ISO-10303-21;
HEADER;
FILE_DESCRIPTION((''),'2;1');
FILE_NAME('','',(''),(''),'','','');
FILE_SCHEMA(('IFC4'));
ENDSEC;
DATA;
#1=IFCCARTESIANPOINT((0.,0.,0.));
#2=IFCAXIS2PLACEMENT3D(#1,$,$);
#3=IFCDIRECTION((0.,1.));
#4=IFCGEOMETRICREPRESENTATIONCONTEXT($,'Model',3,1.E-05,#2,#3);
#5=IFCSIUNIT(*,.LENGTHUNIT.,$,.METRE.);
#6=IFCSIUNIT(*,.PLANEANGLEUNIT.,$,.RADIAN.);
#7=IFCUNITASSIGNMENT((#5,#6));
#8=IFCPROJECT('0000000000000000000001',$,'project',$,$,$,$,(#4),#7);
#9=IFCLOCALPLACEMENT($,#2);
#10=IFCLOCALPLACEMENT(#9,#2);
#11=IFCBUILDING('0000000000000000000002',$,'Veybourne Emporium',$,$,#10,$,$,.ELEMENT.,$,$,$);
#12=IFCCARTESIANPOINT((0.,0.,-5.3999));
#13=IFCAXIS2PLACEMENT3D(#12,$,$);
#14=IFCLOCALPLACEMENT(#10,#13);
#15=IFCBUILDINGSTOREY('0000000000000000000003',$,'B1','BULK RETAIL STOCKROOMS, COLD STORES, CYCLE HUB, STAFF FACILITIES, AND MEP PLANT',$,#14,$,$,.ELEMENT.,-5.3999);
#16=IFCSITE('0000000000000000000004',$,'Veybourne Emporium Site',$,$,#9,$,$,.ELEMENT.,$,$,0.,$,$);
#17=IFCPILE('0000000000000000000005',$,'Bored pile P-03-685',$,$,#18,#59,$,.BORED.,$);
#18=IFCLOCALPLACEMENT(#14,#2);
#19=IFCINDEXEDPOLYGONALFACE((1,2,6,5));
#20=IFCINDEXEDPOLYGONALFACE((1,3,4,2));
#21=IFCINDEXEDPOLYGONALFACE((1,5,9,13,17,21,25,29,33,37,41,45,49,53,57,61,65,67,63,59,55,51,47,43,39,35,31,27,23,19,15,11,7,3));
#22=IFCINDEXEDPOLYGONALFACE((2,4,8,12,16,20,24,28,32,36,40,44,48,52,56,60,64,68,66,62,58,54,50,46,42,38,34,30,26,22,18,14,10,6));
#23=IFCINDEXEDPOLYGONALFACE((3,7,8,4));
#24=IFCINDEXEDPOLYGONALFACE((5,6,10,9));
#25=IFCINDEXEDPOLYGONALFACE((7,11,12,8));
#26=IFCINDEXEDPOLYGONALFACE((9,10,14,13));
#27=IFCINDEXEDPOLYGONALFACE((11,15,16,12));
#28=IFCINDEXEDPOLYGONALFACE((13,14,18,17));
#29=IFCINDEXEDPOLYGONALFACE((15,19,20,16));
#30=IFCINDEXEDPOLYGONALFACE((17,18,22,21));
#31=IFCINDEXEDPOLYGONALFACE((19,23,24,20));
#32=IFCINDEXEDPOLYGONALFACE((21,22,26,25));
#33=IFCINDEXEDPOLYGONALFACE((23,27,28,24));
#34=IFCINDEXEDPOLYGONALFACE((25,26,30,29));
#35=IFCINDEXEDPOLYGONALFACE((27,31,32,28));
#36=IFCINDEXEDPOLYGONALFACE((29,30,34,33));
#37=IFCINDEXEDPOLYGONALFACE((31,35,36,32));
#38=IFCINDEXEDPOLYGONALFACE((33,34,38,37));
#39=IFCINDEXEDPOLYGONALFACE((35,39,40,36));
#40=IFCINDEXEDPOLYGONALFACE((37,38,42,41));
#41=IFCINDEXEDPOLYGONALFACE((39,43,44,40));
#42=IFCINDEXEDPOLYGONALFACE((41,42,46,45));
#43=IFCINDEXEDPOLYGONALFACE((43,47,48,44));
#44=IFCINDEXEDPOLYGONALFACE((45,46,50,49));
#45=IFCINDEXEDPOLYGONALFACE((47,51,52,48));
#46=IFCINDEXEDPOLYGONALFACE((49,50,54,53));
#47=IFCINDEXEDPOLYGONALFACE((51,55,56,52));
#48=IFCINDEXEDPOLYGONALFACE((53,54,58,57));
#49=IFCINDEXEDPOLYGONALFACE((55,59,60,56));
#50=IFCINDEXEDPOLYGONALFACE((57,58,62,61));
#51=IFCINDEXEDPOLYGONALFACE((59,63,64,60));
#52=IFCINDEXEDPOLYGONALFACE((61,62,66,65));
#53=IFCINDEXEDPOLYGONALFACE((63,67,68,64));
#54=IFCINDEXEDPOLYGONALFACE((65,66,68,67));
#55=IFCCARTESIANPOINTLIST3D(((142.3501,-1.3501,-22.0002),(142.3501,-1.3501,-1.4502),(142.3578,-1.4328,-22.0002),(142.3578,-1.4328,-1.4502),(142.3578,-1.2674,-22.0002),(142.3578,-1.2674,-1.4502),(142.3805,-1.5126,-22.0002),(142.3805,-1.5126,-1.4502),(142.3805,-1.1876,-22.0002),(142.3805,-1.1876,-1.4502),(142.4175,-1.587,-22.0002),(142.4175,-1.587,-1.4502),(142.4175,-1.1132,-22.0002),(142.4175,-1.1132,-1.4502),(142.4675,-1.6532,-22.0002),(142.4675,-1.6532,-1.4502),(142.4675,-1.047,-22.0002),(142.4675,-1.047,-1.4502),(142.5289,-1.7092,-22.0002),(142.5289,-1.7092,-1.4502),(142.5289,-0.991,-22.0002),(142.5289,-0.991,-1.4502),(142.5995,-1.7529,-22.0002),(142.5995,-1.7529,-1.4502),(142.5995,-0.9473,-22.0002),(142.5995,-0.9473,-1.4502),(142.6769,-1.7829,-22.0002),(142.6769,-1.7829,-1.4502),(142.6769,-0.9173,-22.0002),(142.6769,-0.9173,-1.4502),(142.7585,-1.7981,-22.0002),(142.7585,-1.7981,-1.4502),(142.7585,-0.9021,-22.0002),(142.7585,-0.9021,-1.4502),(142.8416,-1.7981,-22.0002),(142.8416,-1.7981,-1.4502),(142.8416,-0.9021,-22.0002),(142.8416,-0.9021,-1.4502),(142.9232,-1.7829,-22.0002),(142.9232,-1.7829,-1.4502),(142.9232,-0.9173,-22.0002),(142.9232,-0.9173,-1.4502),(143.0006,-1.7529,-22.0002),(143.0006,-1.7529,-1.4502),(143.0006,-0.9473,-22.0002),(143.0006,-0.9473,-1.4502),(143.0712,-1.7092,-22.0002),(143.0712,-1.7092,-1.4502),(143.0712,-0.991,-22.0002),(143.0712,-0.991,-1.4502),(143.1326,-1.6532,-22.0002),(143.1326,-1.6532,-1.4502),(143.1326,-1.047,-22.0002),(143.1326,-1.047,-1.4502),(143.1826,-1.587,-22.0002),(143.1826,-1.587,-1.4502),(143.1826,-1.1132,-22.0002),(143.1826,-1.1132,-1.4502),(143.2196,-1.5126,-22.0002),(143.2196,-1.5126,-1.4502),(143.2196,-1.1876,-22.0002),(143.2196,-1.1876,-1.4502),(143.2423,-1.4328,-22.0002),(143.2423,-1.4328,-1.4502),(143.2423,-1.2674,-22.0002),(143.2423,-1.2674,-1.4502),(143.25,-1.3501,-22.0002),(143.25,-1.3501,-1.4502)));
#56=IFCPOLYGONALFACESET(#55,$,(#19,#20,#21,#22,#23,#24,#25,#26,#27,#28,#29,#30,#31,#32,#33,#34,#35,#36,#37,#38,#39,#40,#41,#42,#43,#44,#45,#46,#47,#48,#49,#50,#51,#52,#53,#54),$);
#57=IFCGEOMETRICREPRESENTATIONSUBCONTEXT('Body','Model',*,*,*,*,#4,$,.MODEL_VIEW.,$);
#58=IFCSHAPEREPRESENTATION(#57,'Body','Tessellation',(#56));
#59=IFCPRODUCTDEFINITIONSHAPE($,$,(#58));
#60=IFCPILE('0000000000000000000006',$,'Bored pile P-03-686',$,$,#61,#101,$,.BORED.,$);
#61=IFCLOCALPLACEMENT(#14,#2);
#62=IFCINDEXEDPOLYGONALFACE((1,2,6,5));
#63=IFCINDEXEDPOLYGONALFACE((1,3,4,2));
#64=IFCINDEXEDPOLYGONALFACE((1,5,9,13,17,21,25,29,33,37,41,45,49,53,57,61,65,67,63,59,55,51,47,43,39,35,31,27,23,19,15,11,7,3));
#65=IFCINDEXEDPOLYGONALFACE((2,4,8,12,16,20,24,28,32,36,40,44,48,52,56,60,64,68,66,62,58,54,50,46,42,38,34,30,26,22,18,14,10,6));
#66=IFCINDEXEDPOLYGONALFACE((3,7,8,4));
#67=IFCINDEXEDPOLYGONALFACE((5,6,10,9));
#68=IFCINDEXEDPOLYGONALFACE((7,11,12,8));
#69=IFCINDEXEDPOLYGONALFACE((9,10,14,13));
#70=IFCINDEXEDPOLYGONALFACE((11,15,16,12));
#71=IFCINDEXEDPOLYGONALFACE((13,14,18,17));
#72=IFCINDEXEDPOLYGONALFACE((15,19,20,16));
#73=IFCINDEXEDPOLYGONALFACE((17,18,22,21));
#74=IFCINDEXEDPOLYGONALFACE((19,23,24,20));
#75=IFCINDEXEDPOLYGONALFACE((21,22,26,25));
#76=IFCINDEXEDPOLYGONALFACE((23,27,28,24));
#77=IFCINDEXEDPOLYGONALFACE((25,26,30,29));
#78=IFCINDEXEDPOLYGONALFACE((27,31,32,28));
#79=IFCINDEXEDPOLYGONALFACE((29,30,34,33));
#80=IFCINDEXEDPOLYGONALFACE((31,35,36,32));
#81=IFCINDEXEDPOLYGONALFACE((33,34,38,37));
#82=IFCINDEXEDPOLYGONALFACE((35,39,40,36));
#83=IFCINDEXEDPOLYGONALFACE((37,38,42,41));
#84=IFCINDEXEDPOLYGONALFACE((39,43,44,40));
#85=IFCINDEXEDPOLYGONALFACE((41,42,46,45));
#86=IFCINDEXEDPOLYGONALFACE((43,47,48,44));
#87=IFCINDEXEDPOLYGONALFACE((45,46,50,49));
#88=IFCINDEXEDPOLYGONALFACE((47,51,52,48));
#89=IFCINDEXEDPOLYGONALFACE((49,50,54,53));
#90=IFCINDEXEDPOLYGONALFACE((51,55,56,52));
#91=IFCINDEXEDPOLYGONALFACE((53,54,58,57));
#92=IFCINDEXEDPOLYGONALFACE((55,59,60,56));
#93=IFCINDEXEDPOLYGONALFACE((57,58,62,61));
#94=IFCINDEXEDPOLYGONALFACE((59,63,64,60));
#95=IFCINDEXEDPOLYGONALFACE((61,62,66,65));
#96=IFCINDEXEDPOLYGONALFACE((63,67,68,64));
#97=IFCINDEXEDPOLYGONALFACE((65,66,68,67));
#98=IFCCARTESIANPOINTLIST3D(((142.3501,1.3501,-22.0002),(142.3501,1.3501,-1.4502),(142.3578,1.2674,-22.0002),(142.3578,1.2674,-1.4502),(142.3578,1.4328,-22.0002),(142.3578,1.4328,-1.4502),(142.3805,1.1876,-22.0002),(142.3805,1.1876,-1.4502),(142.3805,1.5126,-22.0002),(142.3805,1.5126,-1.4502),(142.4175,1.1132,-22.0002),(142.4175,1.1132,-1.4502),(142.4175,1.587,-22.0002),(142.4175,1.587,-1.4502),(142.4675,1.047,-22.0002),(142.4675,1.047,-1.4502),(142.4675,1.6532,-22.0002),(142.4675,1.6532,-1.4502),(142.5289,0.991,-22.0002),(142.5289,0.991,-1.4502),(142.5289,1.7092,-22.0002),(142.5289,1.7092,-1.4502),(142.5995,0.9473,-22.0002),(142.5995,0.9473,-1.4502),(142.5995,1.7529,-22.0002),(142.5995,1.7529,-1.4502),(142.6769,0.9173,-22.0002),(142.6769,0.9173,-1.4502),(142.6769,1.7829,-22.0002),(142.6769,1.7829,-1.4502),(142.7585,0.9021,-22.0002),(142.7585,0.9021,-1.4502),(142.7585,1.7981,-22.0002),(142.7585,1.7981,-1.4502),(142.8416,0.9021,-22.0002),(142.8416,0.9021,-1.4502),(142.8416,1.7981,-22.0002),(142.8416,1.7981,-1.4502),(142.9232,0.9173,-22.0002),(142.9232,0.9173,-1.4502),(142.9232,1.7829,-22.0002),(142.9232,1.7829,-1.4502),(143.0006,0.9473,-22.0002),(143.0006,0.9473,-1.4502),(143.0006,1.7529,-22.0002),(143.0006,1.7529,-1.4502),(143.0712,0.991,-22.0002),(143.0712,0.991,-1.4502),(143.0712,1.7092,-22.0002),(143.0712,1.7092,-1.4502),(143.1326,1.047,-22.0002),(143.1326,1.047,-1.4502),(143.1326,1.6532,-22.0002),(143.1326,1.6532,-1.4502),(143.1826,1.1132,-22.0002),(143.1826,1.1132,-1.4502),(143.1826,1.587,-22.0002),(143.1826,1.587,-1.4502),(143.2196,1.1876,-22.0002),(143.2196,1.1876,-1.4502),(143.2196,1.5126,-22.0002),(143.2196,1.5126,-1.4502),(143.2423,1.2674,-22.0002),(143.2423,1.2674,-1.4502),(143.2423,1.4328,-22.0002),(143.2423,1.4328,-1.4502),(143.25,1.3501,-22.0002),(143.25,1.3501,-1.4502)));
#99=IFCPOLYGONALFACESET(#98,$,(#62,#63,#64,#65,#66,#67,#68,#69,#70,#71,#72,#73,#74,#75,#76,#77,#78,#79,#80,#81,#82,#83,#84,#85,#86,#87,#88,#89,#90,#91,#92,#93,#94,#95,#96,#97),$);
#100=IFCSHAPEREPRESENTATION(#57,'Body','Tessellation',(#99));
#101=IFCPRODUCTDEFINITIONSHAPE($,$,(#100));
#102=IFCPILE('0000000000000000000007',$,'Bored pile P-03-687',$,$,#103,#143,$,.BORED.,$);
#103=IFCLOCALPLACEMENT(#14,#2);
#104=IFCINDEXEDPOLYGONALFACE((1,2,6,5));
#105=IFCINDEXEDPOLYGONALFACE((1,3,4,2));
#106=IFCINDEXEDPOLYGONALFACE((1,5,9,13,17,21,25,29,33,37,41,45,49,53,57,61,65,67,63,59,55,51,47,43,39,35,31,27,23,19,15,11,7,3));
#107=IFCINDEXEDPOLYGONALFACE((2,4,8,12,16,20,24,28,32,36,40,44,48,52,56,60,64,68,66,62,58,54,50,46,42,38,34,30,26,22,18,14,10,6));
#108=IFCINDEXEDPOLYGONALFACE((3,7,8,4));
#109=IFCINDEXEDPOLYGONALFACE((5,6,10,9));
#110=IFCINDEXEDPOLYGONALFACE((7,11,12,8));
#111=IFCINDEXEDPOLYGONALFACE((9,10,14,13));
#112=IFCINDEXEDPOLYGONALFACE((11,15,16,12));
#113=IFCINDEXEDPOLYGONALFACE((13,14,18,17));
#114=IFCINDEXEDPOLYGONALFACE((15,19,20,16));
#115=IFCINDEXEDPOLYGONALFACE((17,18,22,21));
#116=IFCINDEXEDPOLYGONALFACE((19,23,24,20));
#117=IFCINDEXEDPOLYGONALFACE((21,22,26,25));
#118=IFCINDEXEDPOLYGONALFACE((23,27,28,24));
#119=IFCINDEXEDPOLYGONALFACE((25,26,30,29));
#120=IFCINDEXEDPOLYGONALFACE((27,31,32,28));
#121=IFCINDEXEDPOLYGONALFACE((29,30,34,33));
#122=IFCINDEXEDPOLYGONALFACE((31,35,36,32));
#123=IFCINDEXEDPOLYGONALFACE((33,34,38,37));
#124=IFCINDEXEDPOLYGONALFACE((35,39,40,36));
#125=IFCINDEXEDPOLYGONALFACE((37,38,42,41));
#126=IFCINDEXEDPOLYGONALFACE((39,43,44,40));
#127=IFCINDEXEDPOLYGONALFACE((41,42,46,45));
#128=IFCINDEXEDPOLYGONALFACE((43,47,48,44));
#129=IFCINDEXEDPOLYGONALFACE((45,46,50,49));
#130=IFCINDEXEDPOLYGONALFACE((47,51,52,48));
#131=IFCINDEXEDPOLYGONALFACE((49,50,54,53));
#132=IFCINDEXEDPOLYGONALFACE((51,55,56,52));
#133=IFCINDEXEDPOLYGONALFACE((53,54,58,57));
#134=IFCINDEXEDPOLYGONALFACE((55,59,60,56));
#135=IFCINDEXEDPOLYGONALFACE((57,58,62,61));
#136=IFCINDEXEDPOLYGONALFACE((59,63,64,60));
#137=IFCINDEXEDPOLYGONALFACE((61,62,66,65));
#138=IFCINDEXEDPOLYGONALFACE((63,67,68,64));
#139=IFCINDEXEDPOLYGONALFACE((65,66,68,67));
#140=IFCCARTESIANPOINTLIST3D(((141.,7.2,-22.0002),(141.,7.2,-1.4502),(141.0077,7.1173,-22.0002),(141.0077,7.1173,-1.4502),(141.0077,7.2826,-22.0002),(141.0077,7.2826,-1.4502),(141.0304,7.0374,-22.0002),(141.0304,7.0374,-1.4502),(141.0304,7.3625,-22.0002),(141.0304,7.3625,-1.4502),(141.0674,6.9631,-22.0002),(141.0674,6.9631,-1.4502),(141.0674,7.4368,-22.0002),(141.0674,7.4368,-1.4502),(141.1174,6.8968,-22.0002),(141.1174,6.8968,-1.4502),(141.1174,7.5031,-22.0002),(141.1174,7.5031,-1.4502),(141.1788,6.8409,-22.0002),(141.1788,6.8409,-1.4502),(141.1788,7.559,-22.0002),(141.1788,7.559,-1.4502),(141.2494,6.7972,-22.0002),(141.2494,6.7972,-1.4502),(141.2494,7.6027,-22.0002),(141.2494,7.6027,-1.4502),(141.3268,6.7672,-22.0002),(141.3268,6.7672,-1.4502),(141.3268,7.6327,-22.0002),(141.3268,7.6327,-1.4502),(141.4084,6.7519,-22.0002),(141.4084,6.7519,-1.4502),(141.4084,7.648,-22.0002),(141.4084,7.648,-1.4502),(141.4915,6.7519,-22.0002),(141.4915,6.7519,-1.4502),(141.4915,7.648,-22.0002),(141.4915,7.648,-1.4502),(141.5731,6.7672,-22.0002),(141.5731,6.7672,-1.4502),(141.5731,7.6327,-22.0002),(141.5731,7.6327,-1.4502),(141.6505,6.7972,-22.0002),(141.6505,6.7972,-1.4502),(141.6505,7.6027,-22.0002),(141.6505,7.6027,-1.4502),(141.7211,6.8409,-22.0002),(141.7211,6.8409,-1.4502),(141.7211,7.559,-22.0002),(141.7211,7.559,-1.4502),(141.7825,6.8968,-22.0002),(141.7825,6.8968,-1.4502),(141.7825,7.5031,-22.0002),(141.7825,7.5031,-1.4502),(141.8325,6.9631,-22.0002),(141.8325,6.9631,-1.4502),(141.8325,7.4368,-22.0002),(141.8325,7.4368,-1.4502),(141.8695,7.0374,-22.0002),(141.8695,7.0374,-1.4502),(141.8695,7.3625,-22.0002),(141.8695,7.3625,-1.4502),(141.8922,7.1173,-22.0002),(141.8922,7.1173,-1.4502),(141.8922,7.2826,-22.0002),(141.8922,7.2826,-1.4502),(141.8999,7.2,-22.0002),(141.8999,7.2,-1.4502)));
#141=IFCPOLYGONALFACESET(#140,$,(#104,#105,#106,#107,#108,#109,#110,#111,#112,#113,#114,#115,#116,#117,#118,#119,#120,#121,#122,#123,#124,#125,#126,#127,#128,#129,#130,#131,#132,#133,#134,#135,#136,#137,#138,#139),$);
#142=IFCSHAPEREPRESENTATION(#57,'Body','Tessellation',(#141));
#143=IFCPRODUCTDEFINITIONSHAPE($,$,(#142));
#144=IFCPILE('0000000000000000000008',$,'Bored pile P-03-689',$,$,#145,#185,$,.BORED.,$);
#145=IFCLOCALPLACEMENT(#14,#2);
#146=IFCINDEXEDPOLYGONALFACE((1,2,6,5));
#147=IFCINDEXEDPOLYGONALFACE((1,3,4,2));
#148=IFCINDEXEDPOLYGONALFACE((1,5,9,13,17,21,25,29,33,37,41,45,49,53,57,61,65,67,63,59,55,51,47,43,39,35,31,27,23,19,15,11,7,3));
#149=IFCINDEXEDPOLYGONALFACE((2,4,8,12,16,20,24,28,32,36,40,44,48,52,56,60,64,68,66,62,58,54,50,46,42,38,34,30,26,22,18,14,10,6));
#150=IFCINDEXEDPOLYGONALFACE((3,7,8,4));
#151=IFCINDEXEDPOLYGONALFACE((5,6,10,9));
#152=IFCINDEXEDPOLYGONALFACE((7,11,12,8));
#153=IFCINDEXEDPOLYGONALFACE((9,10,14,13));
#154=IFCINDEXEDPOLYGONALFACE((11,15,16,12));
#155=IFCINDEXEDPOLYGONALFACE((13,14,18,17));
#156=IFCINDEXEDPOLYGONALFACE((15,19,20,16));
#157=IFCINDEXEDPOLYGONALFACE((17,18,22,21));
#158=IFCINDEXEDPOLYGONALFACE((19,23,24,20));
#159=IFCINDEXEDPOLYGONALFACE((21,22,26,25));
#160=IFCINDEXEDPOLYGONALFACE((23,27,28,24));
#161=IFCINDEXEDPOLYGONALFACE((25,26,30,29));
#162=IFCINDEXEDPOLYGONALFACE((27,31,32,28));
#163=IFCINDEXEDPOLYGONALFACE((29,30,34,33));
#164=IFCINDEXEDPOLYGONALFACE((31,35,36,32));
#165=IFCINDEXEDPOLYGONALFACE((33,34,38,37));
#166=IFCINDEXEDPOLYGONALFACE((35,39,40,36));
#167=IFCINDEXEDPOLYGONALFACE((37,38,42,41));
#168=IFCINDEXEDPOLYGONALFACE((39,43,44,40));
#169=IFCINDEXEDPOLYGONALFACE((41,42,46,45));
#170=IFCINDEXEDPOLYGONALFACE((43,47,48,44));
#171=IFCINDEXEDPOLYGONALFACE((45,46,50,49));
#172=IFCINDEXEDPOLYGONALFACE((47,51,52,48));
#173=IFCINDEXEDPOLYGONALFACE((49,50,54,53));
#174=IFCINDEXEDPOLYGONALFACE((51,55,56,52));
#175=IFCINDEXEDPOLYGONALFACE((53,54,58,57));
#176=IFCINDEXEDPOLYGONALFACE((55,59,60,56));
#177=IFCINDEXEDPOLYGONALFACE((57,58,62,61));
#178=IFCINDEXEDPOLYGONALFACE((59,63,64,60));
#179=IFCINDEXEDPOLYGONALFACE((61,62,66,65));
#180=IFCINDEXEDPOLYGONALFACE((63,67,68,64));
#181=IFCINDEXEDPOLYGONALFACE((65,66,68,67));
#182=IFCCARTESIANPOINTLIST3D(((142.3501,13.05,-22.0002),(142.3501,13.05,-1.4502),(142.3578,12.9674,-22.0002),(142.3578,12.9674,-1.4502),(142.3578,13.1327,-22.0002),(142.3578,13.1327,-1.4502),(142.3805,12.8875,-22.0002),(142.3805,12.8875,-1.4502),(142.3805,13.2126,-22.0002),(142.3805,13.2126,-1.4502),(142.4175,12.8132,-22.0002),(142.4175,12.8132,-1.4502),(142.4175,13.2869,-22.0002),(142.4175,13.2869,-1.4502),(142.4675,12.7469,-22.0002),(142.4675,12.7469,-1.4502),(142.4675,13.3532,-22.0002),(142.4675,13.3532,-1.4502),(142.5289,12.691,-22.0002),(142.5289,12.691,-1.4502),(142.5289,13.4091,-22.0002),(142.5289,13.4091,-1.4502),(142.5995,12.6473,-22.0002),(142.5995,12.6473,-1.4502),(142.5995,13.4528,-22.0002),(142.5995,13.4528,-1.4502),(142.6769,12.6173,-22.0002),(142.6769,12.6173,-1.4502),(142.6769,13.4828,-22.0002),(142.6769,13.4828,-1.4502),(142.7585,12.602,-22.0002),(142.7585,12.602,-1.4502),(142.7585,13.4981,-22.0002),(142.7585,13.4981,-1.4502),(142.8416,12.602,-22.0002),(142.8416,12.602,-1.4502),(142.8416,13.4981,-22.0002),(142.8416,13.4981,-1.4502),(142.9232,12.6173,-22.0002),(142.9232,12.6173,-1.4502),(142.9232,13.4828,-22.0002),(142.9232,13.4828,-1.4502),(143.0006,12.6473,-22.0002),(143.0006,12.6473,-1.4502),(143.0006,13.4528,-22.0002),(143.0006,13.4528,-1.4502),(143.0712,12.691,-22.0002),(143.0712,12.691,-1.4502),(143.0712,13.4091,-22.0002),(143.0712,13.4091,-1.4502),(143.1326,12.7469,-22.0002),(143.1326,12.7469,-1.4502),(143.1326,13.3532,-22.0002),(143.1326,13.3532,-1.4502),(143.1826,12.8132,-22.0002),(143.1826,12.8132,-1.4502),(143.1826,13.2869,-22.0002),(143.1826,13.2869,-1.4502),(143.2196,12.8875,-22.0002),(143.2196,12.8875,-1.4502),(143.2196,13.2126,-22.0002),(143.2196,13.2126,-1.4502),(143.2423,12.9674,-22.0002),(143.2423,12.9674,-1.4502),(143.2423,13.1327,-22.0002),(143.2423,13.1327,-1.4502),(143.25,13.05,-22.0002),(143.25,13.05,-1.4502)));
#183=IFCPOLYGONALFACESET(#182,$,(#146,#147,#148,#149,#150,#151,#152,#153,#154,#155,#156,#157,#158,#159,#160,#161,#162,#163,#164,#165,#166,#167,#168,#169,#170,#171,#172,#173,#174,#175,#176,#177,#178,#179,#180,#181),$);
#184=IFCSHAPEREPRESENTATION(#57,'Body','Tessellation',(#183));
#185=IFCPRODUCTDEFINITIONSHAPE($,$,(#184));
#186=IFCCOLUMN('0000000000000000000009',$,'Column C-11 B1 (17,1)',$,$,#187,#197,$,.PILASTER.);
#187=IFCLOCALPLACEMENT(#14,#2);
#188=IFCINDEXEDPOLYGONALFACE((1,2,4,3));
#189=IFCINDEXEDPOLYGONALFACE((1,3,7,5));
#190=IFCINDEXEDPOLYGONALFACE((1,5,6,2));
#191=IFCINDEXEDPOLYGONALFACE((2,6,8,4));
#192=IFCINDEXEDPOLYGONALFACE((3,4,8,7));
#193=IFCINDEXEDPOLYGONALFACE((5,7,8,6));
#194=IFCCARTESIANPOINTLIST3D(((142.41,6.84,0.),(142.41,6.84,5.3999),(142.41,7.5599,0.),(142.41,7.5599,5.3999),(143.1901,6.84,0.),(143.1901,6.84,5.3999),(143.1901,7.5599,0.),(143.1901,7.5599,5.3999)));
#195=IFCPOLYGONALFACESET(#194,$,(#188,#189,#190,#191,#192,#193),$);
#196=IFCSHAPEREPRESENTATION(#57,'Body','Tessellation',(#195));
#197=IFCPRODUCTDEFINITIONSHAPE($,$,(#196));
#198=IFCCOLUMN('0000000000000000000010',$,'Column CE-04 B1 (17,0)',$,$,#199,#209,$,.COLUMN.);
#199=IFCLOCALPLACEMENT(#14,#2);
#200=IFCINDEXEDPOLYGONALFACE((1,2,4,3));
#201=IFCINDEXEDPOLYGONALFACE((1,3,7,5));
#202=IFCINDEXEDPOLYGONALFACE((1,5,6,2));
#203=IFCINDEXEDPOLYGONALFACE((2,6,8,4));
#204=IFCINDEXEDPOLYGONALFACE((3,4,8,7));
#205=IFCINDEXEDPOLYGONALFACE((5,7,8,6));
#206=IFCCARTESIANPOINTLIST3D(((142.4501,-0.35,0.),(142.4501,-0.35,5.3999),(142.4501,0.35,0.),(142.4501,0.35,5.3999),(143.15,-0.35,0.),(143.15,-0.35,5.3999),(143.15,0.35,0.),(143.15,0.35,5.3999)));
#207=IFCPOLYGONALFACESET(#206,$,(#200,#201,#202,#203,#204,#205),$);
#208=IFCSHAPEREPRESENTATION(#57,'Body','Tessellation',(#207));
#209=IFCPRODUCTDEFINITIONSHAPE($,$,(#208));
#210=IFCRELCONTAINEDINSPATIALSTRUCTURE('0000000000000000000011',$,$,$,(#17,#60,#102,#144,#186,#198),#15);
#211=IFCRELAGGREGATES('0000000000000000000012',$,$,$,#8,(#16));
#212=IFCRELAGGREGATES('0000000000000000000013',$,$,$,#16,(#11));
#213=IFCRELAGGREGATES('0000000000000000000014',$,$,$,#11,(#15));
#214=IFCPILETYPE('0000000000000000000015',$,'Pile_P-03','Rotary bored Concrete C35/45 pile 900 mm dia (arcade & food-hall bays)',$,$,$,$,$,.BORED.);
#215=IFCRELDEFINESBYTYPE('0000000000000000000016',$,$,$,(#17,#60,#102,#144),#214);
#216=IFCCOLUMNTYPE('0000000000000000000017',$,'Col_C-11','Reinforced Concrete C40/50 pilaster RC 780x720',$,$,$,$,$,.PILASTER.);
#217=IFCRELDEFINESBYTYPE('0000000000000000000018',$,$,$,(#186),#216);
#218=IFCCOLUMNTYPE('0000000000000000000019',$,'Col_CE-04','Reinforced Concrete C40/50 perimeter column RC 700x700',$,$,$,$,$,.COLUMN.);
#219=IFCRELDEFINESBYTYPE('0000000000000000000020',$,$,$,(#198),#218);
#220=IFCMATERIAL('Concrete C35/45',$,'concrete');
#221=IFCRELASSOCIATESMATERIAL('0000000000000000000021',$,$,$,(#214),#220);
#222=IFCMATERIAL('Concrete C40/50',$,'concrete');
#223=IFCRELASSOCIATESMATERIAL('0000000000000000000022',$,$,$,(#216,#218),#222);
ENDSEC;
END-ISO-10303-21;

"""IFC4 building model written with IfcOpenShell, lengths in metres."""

from ifc_helpers import new_model, si_unit, direction, frame, origin, origin_2d, place, context, subcontext, project, spatial, rectangle, circle, extrude, material, material_profile, profile_set, type_object, element, save


model = new_model("IFC4")

# Units and contexts
model_context = context("Model", 3, precision=1e-05, world=origin(), true_north=direction((0.0, 1.0)))
body_context = subcontext(model_context, "Body", "Model", "MODEL_VIEW")
ifc_project = project(units=[si_unit("LENGTHUNIT", "METRE"), si_unit("PLANEANGLEUNIT", "RADIAN")], contexts=[model_context])

# Site, building, storey
site_placement = place(None, origin())
site = spatial("IfcSite", under=ifc_project, at=site_placement, Name="Veybourne Emporium Site", CompositionType="ELEMENT", RefElevation=0.0)
building_placement = place(site_placement, origin())
building = spatial("IfcBuilding", under=site, at=building_placement, Name="Veybourne Emporium", CompositionType="ELEMENT")
storey_placement = place(building_placement, frame((0.0, 0.0, -5.3999)))
storey = spatial("IfcBuildingStorey", under=building, at=storey_placement, Name="B1", Description="BULK RETAIL STOCKROOMS, COLD STORES, CYCLE HUB, STAFF FACILITIES, AND MEP PLANT", CompositionType="ELEMENT", Elevation=-5.3999)

# Shared definitions
ifc_material_1 = material(Name="Concrete C35/45", Category="concrete")

# Piles
ifc_material_profile_1 = material_profile(ifc_material_1, circle(Radius=0.45, at=origin_2d()), Name="BORED PILE 900")
ifc_profile_set_1 = profile_set([ifc_material_profile_1], Name="Concrete C35/45")
pile_type = type_object("IfcPileType", Name="Pile_P-03", Description="Rotary bored Concrete C35/45 pile 900 mm dia (arcade & food-hall bays)", PredefinedType="BORED", material=ifc_profile_set_1)
for number, where, z_axis, x_axis, name in (
    (1, (142.8, -1.3501, -1.4502), (0.0, 0.0, -1.0), (1.0, 0.0, 0.0), "Bored pile P-03-685"),
    (2, (142.8, 1.3501, -1.4502), (0.0, 0.0, -1.0), (1.0, 0.0, 0.0), "Bored pile P-03-686"),
    (3, (141.45, 7.2, -1.4502), (0.0, 0.0, -1.0), (1.0, 0.0, 0.0), "Bored pile P-03-687"),
    (4, (142.8, 13.05, -1.4502), (0.0, 0.0, -1.0), (1.0, 0.0, 0.0), "Bored pile P-03-689"),
):
    element("IfcPile", number, at=place(storey_placement, frame(where, z_axis=z_axis, x_axis=x_axis)), inside=storey, type_object=pile_type, Name=name, PredefinedType="BORED", context=body_context, shape_type="SweptSolid", body=[
        extrude(circle(Radius=0.45, at=origin_2d()), origin(), (0.0, 0.0, 1.0), 20.55),
    ])

# Columns
ifc_material_2 = material(Name="Concrete C40/50", Category="concrete")
ifc_material_profile_2 = material_profile(ifc_material_2, rectangle(XDim=0.78, YDim=0.72, at=origin_2d()), Name="RC 780x720")
ifc_profile_set_2 = profile_set([ifc_material_profile_2], Name="Concrete C40/50")
column_type_1 = type_object("IfcColumnType", Name="Col_C-11", Description="Reinforced Concrete C40/50 pilaster RC 780x720", PredefinedType="PILASTER", material=ifc_profile_set_2)
column_1_placement = place(storey_placement, frame((142.8, 7.2, 0.0), z_axis=(0.0, 0.0, 1.0), x_axis=(1.0, 0.0, 0.0)))
element("IfcColumn", 5, at=column_1_placement, inside=storey, type_object=column_type_1, Name="Column C-11 B1 (17,1)", PredefinedType="PILASTER", context=body_context, shape_type="SweptSolid", body=[
    extrude(rectangle(XDim=0.78, YDim=0.72, at=origin_2d()), origin(), (0.0, 0.0, 1.0), 5.3999),
])
ifc_material_profile_3 = material_profile(ifc_material_2, rectangle(XDim=0.7, YDim=0.7, at=origin_2d()), Name="RC 700x700")
ifc_profile_set_3 = profile_set([ifc_material_profile_3], Name="Concrete C40/50")
column_type_2 = type_object("IfcColumnType", Name="Col_CE-04", Description="Reinforced Concrete C40/50 perimeter column RC 700x700", PredefinedType="COLUMN", material=ifc_profile_set_3)
column_2_placement = place(storey_placement, frame((142.8, 0.0, 0.0), z_axis=(0.0, 0.0, 1.0), x_axis=(1.0, 0.0, 0.0)))
element("IfcColumn", 6, at=column_2_placement, inside=storey, type_object=column_type_2, Name="Column CE-04 B1 (17,0)", PredefinedType="COLUMN", context=body_context, shape_type="SweptSolid", body=[
    extrude(rectangle(XDim=0.7, YDim=0.7, at=origin_2d()), origin(), (0.0, 0.0, 1.0), 5.3999),
])

save(model, "model.ifc")
